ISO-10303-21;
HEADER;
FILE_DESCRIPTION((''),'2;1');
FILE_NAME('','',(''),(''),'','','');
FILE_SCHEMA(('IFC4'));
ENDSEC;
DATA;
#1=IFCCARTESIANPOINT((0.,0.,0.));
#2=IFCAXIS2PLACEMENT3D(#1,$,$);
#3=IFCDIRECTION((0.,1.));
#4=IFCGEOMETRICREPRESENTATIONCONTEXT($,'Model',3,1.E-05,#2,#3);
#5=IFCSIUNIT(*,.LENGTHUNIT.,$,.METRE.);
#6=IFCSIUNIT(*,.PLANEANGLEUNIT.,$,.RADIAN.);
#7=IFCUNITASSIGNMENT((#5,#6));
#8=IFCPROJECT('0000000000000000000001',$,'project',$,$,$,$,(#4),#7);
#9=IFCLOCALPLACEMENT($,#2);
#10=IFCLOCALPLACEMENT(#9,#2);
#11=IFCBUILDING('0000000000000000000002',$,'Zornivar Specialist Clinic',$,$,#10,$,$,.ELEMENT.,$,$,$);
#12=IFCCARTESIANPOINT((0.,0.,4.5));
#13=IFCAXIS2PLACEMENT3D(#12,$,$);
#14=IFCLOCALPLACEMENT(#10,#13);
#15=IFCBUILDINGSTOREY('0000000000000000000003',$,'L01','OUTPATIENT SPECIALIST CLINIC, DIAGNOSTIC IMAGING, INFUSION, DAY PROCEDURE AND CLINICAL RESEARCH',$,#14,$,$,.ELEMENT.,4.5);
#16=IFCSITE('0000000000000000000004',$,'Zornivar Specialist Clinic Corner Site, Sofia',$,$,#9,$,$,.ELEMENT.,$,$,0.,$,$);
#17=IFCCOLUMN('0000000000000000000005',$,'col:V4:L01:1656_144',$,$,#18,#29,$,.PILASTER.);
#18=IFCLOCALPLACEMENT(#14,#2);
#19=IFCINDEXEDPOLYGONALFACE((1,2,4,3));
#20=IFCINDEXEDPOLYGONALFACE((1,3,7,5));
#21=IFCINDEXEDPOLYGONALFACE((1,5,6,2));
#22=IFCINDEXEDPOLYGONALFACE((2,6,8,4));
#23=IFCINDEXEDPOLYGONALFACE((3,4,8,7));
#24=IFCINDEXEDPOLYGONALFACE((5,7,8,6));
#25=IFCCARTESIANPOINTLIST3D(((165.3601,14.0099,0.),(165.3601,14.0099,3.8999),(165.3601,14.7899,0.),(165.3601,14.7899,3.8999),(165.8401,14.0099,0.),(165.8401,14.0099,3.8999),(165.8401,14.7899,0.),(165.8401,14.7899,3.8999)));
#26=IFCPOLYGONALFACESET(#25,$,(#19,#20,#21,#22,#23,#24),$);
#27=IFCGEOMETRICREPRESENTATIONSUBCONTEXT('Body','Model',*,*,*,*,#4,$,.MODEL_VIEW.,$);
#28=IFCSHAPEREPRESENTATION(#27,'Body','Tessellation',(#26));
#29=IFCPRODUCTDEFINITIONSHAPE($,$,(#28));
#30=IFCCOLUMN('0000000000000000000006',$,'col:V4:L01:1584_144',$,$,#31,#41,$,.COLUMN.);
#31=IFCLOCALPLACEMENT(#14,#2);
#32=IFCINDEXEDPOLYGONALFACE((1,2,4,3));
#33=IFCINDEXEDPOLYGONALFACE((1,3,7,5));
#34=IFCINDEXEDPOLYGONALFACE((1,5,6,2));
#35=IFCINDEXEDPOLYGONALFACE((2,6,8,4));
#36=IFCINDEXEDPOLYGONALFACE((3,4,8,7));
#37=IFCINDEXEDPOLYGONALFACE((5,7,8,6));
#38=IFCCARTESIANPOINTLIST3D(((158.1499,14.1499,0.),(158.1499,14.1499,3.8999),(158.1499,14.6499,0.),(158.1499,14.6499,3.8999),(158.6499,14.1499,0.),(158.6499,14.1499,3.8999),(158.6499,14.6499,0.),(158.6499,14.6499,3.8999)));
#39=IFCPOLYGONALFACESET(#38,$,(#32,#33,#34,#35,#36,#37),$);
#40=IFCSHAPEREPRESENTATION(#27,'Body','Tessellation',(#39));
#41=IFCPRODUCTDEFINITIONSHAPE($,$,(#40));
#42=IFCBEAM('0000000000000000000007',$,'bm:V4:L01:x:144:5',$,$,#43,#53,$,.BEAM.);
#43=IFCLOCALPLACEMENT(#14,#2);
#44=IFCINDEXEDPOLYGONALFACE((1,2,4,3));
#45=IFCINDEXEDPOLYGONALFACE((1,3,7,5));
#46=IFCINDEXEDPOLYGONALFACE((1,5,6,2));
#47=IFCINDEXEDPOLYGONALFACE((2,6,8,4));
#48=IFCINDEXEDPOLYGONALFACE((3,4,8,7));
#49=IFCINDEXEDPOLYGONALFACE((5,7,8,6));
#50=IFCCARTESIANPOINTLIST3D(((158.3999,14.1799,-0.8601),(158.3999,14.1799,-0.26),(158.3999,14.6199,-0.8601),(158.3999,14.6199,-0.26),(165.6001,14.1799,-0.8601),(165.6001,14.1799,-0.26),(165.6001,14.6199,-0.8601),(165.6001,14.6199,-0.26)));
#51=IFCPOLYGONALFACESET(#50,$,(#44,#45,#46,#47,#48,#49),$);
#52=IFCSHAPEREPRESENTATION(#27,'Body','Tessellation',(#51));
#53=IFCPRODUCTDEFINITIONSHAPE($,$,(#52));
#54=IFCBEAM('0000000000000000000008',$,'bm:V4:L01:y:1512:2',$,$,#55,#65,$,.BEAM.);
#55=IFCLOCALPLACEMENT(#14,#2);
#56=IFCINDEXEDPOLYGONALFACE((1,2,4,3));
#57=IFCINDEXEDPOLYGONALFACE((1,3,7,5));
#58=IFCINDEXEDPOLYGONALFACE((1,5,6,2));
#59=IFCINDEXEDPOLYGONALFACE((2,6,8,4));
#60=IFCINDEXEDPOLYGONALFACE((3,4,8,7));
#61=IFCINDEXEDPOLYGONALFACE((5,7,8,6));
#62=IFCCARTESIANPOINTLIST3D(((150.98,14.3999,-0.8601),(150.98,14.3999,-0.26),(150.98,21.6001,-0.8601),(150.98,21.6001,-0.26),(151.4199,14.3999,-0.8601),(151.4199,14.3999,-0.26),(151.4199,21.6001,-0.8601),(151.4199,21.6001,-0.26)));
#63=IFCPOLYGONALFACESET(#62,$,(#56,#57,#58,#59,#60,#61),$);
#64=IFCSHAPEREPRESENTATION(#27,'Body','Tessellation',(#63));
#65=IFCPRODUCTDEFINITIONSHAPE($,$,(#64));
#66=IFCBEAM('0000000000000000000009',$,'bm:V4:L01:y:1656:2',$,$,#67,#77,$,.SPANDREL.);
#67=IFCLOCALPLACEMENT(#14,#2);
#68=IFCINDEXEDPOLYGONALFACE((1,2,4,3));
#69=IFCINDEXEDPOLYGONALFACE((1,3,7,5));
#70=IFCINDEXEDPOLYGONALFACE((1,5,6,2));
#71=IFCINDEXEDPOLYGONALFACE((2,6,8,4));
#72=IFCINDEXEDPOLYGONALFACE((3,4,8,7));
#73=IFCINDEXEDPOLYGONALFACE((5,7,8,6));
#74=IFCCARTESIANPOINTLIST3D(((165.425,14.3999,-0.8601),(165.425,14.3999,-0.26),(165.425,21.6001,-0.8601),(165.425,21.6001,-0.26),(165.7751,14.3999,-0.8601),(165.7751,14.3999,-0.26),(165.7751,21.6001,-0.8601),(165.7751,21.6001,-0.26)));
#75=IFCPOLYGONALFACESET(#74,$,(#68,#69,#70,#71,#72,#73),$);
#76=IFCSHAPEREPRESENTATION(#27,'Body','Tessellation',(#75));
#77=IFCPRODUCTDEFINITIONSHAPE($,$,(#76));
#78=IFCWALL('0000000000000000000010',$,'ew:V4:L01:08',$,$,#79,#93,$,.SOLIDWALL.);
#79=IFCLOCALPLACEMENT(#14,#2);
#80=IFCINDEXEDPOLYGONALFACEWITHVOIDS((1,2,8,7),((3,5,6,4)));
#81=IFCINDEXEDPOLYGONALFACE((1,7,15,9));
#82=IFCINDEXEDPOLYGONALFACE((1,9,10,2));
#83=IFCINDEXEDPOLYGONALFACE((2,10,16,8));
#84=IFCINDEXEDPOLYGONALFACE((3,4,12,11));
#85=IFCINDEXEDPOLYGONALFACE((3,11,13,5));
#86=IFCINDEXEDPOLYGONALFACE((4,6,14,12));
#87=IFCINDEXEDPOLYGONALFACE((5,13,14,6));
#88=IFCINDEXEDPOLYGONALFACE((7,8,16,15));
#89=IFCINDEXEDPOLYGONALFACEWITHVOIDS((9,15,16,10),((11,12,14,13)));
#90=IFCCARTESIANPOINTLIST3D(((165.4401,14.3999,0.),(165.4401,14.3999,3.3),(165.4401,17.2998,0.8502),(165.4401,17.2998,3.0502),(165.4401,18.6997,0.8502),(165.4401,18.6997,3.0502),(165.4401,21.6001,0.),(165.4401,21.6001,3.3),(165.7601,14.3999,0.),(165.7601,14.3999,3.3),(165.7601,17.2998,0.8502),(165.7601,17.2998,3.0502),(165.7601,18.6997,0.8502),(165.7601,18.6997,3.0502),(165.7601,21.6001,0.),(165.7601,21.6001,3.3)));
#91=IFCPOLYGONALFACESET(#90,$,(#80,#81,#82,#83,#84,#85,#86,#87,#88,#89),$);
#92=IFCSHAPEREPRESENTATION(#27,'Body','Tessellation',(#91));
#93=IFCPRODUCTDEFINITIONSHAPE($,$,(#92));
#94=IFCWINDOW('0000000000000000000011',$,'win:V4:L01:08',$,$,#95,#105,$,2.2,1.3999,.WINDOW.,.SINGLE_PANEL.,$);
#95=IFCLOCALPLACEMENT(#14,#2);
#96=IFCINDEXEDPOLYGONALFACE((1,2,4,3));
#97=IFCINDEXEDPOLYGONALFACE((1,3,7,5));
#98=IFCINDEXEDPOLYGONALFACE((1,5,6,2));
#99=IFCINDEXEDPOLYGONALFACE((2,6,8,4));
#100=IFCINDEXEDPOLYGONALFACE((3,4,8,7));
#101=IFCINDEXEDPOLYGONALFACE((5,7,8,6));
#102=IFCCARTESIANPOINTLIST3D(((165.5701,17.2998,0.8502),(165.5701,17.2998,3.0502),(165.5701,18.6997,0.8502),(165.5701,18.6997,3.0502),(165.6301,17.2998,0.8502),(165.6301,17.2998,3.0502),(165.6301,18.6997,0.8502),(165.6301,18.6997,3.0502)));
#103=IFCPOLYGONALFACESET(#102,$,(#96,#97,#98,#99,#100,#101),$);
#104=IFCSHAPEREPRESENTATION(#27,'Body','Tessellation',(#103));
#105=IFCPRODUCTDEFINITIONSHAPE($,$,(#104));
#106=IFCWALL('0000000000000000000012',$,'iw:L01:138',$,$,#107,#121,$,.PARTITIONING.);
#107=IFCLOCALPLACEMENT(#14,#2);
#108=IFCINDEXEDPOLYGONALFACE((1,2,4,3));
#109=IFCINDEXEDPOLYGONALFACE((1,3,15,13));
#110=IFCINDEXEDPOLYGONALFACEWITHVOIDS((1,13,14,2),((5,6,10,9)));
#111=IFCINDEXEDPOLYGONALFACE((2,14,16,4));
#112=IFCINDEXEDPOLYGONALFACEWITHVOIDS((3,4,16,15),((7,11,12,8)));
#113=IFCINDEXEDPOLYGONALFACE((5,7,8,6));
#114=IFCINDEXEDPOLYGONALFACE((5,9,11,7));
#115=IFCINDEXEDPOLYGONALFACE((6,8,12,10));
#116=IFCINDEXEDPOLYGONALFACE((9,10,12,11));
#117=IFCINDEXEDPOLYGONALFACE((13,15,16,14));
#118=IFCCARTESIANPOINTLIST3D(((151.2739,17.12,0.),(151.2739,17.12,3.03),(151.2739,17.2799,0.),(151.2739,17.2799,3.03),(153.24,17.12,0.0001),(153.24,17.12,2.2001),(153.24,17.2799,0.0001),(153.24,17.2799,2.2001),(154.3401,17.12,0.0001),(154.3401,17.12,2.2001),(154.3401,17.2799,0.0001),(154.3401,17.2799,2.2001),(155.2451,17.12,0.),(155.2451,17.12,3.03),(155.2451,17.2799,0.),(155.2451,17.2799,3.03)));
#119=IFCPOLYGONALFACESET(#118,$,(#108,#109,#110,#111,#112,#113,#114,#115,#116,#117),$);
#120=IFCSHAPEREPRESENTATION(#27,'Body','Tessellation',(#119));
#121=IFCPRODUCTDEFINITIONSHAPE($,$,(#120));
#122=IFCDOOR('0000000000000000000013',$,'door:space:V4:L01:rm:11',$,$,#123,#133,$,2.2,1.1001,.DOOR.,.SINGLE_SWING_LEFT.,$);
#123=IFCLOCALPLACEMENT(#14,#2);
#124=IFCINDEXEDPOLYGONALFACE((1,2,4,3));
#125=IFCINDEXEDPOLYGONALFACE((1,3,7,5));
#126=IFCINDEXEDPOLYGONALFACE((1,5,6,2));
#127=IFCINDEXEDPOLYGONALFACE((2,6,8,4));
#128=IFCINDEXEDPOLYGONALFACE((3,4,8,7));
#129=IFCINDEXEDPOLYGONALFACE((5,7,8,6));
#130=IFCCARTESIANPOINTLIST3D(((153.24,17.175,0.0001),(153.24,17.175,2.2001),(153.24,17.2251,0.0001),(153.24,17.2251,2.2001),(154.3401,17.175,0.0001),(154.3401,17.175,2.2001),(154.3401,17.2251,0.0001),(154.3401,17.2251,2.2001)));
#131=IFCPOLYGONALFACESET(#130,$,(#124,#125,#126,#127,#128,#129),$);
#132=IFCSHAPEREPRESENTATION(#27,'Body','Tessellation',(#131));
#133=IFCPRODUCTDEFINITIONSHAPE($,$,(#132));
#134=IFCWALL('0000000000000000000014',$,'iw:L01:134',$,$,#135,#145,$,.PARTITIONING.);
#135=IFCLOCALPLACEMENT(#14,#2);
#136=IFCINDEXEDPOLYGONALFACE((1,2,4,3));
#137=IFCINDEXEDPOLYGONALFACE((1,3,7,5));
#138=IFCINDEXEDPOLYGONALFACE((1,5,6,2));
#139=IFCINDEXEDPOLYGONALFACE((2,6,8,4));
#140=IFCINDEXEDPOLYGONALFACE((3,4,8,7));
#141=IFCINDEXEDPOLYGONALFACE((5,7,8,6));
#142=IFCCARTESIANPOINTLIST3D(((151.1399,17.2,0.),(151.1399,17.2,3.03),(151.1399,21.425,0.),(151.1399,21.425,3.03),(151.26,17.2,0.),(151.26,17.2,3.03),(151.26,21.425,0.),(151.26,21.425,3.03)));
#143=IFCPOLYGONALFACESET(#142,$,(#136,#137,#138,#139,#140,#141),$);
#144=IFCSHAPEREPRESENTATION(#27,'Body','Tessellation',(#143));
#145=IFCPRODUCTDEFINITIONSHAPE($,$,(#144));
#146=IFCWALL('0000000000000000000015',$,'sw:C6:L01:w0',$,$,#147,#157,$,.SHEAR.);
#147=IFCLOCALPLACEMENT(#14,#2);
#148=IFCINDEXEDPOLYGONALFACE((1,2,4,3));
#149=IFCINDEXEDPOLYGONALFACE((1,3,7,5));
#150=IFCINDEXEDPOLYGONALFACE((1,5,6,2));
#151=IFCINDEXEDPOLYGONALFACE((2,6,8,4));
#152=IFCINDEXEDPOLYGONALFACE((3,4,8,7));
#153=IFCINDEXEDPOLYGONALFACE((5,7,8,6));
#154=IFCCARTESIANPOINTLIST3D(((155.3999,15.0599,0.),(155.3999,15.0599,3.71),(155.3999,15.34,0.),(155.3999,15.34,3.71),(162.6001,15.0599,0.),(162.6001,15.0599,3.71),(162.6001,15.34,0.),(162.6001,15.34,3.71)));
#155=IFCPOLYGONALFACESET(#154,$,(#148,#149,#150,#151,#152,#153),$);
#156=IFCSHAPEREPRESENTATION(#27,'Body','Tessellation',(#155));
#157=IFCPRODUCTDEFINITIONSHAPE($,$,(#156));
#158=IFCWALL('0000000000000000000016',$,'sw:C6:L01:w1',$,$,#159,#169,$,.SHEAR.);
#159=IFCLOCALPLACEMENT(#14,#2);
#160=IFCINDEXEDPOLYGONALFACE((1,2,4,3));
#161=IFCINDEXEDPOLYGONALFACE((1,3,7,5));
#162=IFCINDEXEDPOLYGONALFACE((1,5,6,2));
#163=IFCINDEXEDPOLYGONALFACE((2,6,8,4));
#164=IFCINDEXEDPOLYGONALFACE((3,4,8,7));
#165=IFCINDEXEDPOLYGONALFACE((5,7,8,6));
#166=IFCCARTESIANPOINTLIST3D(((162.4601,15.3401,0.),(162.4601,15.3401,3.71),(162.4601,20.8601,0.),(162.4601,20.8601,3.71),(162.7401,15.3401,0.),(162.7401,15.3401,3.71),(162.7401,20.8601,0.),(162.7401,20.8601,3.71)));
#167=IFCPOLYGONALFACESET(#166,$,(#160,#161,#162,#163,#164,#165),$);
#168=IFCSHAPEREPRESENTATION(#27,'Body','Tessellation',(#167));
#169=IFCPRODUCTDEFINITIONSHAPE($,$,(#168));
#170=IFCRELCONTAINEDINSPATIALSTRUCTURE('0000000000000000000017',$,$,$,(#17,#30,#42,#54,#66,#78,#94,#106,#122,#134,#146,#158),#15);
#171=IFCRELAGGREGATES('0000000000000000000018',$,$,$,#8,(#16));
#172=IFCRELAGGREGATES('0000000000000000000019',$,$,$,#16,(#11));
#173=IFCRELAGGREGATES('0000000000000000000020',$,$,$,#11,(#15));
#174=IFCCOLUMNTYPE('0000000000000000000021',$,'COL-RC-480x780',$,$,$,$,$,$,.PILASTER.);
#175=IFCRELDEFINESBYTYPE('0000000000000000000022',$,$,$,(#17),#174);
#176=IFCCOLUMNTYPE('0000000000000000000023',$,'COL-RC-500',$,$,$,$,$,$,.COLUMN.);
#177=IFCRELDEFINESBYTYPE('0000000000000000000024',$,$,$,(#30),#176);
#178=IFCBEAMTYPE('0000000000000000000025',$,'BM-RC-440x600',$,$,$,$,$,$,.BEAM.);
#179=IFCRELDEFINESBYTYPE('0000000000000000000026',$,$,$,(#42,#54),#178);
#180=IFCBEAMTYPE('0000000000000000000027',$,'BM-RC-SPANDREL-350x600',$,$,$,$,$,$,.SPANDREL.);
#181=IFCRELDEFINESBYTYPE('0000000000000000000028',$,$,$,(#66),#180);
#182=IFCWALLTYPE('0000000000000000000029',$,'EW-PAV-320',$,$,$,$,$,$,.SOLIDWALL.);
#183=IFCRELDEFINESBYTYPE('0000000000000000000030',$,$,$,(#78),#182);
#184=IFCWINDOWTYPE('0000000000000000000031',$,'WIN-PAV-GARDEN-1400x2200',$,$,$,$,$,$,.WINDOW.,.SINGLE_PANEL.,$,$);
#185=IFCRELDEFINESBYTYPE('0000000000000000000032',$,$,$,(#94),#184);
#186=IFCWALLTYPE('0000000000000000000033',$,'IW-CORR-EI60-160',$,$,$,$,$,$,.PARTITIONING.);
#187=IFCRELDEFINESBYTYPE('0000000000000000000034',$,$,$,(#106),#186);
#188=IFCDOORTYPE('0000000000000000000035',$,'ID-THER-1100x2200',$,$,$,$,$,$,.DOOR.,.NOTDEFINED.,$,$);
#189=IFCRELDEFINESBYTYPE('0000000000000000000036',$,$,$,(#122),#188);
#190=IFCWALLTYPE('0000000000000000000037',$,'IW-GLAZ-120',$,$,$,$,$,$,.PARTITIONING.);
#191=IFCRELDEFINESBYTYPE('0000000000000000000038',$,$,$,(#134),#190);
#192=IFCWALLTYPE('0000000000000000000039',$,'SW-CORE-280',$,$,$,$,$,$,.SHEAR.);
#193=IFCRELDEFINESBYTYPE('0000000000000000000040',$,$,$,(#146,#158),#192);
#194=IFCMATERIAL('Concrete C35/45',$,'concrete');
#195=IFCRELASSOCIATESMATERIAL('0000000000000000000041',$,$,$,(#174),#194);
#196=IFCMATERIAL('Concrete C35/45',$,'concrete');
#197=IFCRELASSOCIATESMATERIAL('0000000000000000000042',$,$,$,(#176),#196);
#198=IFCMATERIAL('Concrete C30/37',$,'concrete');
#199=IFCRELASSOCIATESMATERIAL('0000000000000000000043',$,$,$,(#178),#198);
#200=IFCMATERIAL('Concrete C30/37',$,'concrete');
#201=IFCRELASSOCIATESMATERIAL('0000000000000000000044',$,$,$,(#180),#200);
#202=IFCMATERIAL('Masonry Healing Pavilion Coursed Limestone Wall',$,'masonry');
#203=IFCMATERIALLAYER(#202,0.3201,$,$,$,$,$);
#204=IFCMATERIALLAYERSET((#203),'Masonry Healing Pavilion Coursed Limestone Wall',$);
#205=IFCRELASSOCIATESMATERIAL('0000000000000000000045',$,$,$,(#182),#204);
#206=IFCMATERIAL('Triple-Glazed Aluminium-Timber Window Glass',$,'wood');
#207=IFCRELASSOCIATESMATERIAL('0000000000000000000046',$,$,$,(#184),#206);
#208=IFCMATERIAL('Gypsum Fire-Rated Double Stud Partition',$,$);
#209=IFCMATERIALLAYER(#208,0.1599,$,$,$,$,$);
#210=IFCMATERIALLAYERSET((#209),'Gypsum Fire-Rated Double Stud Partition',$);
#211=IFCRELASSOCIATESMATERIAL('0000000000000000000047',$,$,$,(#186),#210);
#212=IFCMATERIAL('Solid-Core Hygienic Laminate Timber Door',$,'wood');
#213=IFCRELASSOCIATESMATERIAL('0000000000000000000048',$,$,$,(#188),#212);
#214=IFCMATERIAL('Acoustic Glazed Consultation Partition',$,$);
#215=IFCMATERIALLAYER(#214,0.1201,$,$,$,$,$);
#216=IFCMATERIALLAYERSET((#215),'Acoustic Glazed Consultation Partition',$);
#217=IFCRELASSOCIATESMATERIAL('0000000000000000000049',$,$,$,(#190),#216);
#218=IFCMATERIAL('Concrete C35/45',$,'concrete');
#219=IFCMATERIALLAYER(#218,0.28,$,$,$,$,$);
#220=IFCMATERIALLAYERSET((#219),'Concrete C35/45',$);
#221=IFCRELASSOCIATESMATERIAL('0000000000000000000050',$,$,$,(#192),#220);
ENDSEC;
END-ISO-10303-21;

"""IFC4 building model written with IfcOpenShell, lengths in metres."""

from ifc_helpers import new_model, si_unit, direction, frame, frame_2d, origin, origin_2d, place, context, subcontext, project, spatial, rectangle, extrude, material, layer, layer_set, material_profile, profile_set, type_object, element, fill, save


model = new_model("IFC4")

# Units and contexts
model_context = context("Model", 3, precision=1e-05, world=origin(), true_north=direction((0.0, 1.0)))
body_context = subcontext(model_context, "Body", "Model", "MODEL_VIEW")
ifc_project = project(units=[si_unit("LENGTHUNIT", "METRE"), si_unit("PLANEANGLEUNIT", "RADIAN")], contexts=[model_context])

# Site, building, storey
site_placement = place(None, origin())
site = spatial("IfcSite", under=ifc_project, at=site_placement, Name="Zornivar Specialist Clinic Corner Site, Sofia", CompositionType="ELEMENT", RefElevation=0.0)
building_placement = place(site_placement, origin())
building = spatial("IfcBuilding", under=site, at=building_placement, Name="Zornivar Specialist Clinic", CompositionType="ELEMENT")
storey_placement = place(building_placement, frame((0.0, 0.0, 4.5)))
storey = spatial("IfcBuildingStorey", under=building, at=storey_placement, Name="L01", Description="OUTPATIENT SPECIALIST CLINIC, DIAGNOSTIC IMAGING, INFUSION, DAY PROCEDURE AND CLINICAL RESEARCH", CompositionType="ELEMENT", Elevation=4.5)

# Columns
ifc_material_1 = material(Name="Concrete C35/45", Category="concrete")
ifc_material_profile_1 = material_profile(ifc_material_1, rectangle(XDim=0.48, YDim=0.78, at=origin_2d()), Name="RC 480x780")
ifc_profile_set_1 = profile_set([ifc_material_profile_1], Name="Concrete C35/45")
column_type_1 = type_object("IfcColumnType", Name="COL-RC-480x780", PredefinedType="PILASTER", material=ifc_profile_set_1)
column_1_placement = place(storey_placement, frame((165.6001, 14.3999, 0.0), z_axis=(0.0, 0.0, 1.0), x_axis=(1.0, 0.0, 0.0)))
element("IfcColumn", 1, at=column_1_placement, inside=storey, type_object=column_type_1, Name="col:V4:L01:1656_144", PredefinedType="PILASTER", context=body_context, shape_type="SweptSolid", body=[
    extrude(rectangle(XDim=0.48, YDim=0.78, at=origin_2d()), origin(), (0.0, 0.0, 1.0), 3.8999),
])
ifc_material_2 = material(Name="Concrete C35/45", Category="concrete")
ifc_material_profile_2 = material_profile(ifc_material_2, rectangle(XDim=0.5, YDim=0.5, at=origin_2d()), Name="RC 500x500")
ifc_profile_set_2 = profile_set([ifc_material_profile_2], Name="Concrete C35/45")
column_type_2 = type_object("IfcColumnType", Name="COL-RC-500", PredefinedType="COLUMN", material=ifc_profile_set_2)
column_2_placement = place(storey_placement, frame((158.3999, 14.3999, 0.0), z_axis=(0.0, 0.0, 1.0), x_axis=(1.0, 0.0, 0.0)))
element("IfcColumn", 2, at=column_2_placement, inside=storey, type_object=column_type_2, Name="col:V4:L01:1584_144", PredefinedType="COLUMN", context=body_context, shape_type="SweptSolid", body=[
    extrude(rectangle(XDim=0.5, YDim=0.5, at=origin_2d()), origin(), (0.0, 0.0, 1.0), 3.8999),
])

# Beams
ifc_material_3 = material(Name="Concrete C30/37", Category="concrete")
ifc_material_profile_3 = material_profile(ifc_material_3, rectangle(XDim=0.4399, YDim=0.6001, at=origin_2d()), Name="RC 440x600")
ifc_profile_set_3 = profile_set([ifc_material_profile_3], Name="Concrete C30/37")
beam_type_1 = type_object("IfcBeamType", Name="BM-RC-440x600", PredefinedType="BEAM", material=ifc_profile_set_3)
for number, where, z_axis, x_axis, name in (
    (3, (158.3999, 14.3999, -0.5601), (1.0, 0.0, 0.0), (0.0, 1.0, 0.0), "bm:V4:L01:x:144:5"),
    (4, (151.2, 14.3999, -0.5601), (0.0, 1.0, 0.0), (-1.0, 0.0, 0.0), "bm:V4:L01:y:1512:2"),
):
    element("IfcBeam", number, at=place(storey_placement, frame(where, z_axis=z_axis, x_axis=x_axis)), inside=storey, type_object=beam_type_1, Name=name, PredefinedType="BEAM", context=body_context, shape_type="SweptSolid", body=[
        extrude(rectangle(XDim=0.4399, YDim=0.6001, at=origin_2d()), origin(), (0.0, 0.0, 1.0), 7.2002),
    ])
ifc_material_4 = material(Name="Concrete C30/37", Category="concrete")
ifc_material_profile_4 = material_profile(ifc_material_4, rectangle(XDim=0.3501, YDim=0.6001, at=origin_2d()), Name="RC 350x600")
ifc_profile_set_4 = profile_set([ifc_material_profile_4], Name="Concrete C30/37")
beam_type_2 = type_object("IfcBeamType", Name="BM-RC-SPANDREL-350x600", PredefinedType="SPANDREL", material=ifc_profile_set_4)
beam_placement = place(storey_placement, frame((165.6001, 14.3999, -0.5601), z_axis=(0.0, 1.0, 0.0), x_axis=(-1.0, 0.0, 0.0)))
element("IfcBeam", 5, at=beam_placement, inside=storey, type_object=beam_type_2, Name="bm:V4:L01:y:1656:2", PredefinedType="SPANDREL", context=body_context, shape_type="SweptSolid", body=[
    extrude(rectangle(XDim=0.3501, YDim=0.6001, at=origin_2d()), origin(), (0.0, 0.0, 1.0), 7.2002),
])

# Wall, opening, window
ifc_material_5 = material(Name="Masonry Healing Pavilion Coursed Limestone Wall", Category="masonry")
ifc_layer_1 = layer(ifc_material_5, 0.3201)
ifc_layer_set_1 = layer_set([ifc_layer_1], Name="Masonry Healing Pavilion Coursed Limestone Wall")
wall_type_1 = type_object("IfcWallType", Name="EW-PAV-320", PredefinedType="SOLIDWALL", material=ifc_layer_set_1)
wall_1_placement = place(storey_placement, frame((165.6001, 14.3999, 0.0), z_axis=(0.0, 0.0, 1.0), x_axis=(0.0, 1.0, 0.0)))
wall_1 = element("IfcWall", 6, at=wall_1_placement, inside=storey, type_object=wall_type_1, Name="ew:V4:L01:08", PredefinedType="SOLIDWALL", context=body_context, shape_type="SweptSolid", body=[
    extrude(rectangle(XDim=7.2002, YDim=0.3201, at=frame_2d((3.6001, 0.0))), origin(), (0.0, 0.0, 1.0), 3.3),
])
opening_1_placement = place(wall_1_placement, frame((2.8999, 0.0, 0.8501)))
opening_1 = element("IfcOpeningElement", 7, at=opening_1_placement, cuts=wall_1, PredefinedType="OPENING", context=body_context, shape_type="SweptSolid", body=[
    extrude(rectangle(XDim=1.3999, YDim=2.2, at=frame_2d((0.7, 1.1001))), frame((0.0, 0.1699, 0.0), z_axis=(0.0, -1.0, 0.0), x_axis=(1.0, 0.0, 0.0)), (0.0, 0.0, 1.0), 0.3401),
])
ifc_material_6 = material(Name="Triple-Glazed Aluminium-Timber Window Glass", Category="wood")
window_type = type_object("IfcWindowType", Name="WIN-PAV-GARDEN-1400x2200", PartitioningType="SINGLE_PANEL", PredefinedType="WINDOW", material=ifc_material_6)
window_placement = place(opening_1_placement, origin())
window = element("IfcWindow", 8, at=window_placement, inside=storey, type_object=window_type, Name="win:V4:L01:08", OverallHeight=2.2, OverallWidth=1.3999, PartitioningType="SINGLE_PANEL", PredefinedType="WINDOW", context=body_context, shape_type="SweptSolid", body=[
    extrude(rectangle(XDim=1.3999, YDim=2.2, at=frame_2d((0.7, 1.1001))), frame((0.0, 0.03, 0.0), z_axis=(0.0, -1.0, 0.0), x_axis=(1.0, 0.0, 0.0)), (0.0, 0.0, 1.0), 0.0601),
])
fill(opening_1, window)

# Wall, opening, door
ifc_material_7 = material(Name="Gypsum Fire-Rated Double Stud Partition")
ifc_layer_2 = layer(ifc_material_7, 0.1599)
ifc_layer_set_2 = layer_set([ifc_layer_2], Name="Gypsum Fire-Rated Double Stud Partition")
wall_type_2 = type_object("IfcWallType", Name="IW-CORR-EI60-160", PredefinedType="PARTITIONING", material=ifc_layer_set_2)
wall_2_placement = place(storey_placement, frame((155.2451, 17.2, 0.0), z_axis=(0.0, 0.0, 1.0), x_axis=(-1.0, 0.0, 0.0)))
wall_2 = element("IfcWall", 9, at=wall_2_placement, inside=storey, type_object=wall_type_2, Name="iw:L01:138", PredefinedType="PARTITIONING", context=body_context, shape_type="SweptSolid", body=[
    extrude(rectangle(XDim=3.9712, YDim=0.1599, at=frame_2d((1.9856, 0.0))), origin(), (0.0, 0.0, 1.0), 3.03),
])
opening_2_placement = place(wall_2_placement, frame((0.905, 0.0, 0.0)))
opening_2 = element("IfcOpeningElement", 10, at=opening_2_placement, cuts=wall_2, PredefinedType="OPENING", context=body_context, shape_type="SweptSolid", body=[
    extrude(rectangle(XDim=1.1001, YDim=2.2, at=frame_2d((0.55, 1.1001))), frame((0.0, 0.0898, 0.0), z_axis=(0.0, -1.0, 0.0), x_axis=(1.0, 0.0, 0.0)), (0.0, 0.0, 1.0), 0.1799),
])
ifc_material_8 = material(Name="Solid-Core Hygienic Laminate Timber Door", Category="wood")
door_type_1 = type_object("IfcDoorType", Name="ID-THER-1100x2200", OperationType="NOTDEFINED", PredefinedType="DOOR", material=ifc_material_8)
door_1_placement = place(opening_2_placement, origin())
door_1 = element("IfcDoor", 11, at=door_1_placement, inside=storey, type_object=door_type_1, Name="door:space:V4:L01:rm:11", OperationType="SINGLE_SWING_LEFT", OverallHeight=2.2, OverallWidth=1.1001, PredefinedType="DOOR", context=body_context, shape_type="SweptSolid", body=[
    extrude(rectangle(XDim=1.1001, YDim=2.2, at=frame_2d((0.55, 1.1001))), frame((0.0, 0.0249, 0.0), z_axis=(0.0, -1.0, 0.0), x_axis=(1.0, 0.0, 0.0)), (0.0, 0.0, 1.0), 0.05),
])
fill(opening_2, door_1)

# Walls
ifc_material_9 = material(Name="Acoustic Glazed Consultation Partition")
ifc_layer_3 = layer(ifc_material_9, 0.1201)
ifc_layer_set_3 = layer_set([ifc_layer_3], Name="Acoustic Glazed Consultation Partition")
wall_type_3 = type_object("IfcWallType", Name="IW-GLAZ-120", PredefinedType="PARTITIONING", material=ifc_layer_set_3)
wall_3_placement = place(storey_placement, frame((151.2, 21.425, 0.0), z_axis=(0.0, 0.0, 1.0), x_axis=(0.0, -1.0, 0.0)))
element("IfcWall", 12, at=wall_3_placement, inside=storey, type_object=wall_type_3, Name="iw:L01:134", PredefinedType="PARTITIONING", context=body_context, shape_type="SweptSolid", body=[
    extrude(rectangle(XDim=4.2251, YDim=0.1201, at=frame_2d((2.1125, 0.0))), origin(), (0.0, 0.0, 1.0), 3.03),
])
ifc_material_10 = material(Name="Concrete C35/45", Category="concrete")
ifc_layer_4 = layer(ifc_material_10, 0.28)
ifc_layer_set_4 = layer_set([ifc_layer_4], Name="Concrete C35/45")
wall_type_4 = type_object("IfcWallType", Name="SW-CORE-280", PredefinedType="SHEAR", material=ifc_layer_set_4)
wall_4_placement = place(storey_placement, frame((155.3999, 15.2, 0.0), z_axis=(0.0, 0.0, 1.0), x_axis=(1.0, 0.0, 0.0)))
element("IfcWall", 13, at=wall_4_placement, inside=storey, type_object=wall_type_4, Name="sw:C6:L01:w0", PredefinedType="SHEAR", context=body_context, shape_type="SweptSolid", body=[
    extrude(rectangle(XDim=7.2002, YDim=0.28, at=frame_2d((3.6001, 0.0))), origin(), (0.0, 0.0, 1.0), 3.71),
])
wall_5_placement = place(storey_placement, frame((162.6001, 15.3401, 0.0), z_axis=(0.0, 0.0, 1.0), x_axis=(0.0, 1.0, 0.0)))
element("IfcWall", 14, at=wall_5_placement, inside=storey, type_object=wall_type_4, Name="sw:C6:L01:w1", PredefinedType="SHEAR", context=body_context, shape_type="SweptSolid", body=[
    extrude(rectangle(XDim=5.52, YDim=0.28, at=frame_2d((2.76, 0.0))), origin(), (0.0, 0.0, 1.0), 3.71),
])

save(model, "model.ifc")
